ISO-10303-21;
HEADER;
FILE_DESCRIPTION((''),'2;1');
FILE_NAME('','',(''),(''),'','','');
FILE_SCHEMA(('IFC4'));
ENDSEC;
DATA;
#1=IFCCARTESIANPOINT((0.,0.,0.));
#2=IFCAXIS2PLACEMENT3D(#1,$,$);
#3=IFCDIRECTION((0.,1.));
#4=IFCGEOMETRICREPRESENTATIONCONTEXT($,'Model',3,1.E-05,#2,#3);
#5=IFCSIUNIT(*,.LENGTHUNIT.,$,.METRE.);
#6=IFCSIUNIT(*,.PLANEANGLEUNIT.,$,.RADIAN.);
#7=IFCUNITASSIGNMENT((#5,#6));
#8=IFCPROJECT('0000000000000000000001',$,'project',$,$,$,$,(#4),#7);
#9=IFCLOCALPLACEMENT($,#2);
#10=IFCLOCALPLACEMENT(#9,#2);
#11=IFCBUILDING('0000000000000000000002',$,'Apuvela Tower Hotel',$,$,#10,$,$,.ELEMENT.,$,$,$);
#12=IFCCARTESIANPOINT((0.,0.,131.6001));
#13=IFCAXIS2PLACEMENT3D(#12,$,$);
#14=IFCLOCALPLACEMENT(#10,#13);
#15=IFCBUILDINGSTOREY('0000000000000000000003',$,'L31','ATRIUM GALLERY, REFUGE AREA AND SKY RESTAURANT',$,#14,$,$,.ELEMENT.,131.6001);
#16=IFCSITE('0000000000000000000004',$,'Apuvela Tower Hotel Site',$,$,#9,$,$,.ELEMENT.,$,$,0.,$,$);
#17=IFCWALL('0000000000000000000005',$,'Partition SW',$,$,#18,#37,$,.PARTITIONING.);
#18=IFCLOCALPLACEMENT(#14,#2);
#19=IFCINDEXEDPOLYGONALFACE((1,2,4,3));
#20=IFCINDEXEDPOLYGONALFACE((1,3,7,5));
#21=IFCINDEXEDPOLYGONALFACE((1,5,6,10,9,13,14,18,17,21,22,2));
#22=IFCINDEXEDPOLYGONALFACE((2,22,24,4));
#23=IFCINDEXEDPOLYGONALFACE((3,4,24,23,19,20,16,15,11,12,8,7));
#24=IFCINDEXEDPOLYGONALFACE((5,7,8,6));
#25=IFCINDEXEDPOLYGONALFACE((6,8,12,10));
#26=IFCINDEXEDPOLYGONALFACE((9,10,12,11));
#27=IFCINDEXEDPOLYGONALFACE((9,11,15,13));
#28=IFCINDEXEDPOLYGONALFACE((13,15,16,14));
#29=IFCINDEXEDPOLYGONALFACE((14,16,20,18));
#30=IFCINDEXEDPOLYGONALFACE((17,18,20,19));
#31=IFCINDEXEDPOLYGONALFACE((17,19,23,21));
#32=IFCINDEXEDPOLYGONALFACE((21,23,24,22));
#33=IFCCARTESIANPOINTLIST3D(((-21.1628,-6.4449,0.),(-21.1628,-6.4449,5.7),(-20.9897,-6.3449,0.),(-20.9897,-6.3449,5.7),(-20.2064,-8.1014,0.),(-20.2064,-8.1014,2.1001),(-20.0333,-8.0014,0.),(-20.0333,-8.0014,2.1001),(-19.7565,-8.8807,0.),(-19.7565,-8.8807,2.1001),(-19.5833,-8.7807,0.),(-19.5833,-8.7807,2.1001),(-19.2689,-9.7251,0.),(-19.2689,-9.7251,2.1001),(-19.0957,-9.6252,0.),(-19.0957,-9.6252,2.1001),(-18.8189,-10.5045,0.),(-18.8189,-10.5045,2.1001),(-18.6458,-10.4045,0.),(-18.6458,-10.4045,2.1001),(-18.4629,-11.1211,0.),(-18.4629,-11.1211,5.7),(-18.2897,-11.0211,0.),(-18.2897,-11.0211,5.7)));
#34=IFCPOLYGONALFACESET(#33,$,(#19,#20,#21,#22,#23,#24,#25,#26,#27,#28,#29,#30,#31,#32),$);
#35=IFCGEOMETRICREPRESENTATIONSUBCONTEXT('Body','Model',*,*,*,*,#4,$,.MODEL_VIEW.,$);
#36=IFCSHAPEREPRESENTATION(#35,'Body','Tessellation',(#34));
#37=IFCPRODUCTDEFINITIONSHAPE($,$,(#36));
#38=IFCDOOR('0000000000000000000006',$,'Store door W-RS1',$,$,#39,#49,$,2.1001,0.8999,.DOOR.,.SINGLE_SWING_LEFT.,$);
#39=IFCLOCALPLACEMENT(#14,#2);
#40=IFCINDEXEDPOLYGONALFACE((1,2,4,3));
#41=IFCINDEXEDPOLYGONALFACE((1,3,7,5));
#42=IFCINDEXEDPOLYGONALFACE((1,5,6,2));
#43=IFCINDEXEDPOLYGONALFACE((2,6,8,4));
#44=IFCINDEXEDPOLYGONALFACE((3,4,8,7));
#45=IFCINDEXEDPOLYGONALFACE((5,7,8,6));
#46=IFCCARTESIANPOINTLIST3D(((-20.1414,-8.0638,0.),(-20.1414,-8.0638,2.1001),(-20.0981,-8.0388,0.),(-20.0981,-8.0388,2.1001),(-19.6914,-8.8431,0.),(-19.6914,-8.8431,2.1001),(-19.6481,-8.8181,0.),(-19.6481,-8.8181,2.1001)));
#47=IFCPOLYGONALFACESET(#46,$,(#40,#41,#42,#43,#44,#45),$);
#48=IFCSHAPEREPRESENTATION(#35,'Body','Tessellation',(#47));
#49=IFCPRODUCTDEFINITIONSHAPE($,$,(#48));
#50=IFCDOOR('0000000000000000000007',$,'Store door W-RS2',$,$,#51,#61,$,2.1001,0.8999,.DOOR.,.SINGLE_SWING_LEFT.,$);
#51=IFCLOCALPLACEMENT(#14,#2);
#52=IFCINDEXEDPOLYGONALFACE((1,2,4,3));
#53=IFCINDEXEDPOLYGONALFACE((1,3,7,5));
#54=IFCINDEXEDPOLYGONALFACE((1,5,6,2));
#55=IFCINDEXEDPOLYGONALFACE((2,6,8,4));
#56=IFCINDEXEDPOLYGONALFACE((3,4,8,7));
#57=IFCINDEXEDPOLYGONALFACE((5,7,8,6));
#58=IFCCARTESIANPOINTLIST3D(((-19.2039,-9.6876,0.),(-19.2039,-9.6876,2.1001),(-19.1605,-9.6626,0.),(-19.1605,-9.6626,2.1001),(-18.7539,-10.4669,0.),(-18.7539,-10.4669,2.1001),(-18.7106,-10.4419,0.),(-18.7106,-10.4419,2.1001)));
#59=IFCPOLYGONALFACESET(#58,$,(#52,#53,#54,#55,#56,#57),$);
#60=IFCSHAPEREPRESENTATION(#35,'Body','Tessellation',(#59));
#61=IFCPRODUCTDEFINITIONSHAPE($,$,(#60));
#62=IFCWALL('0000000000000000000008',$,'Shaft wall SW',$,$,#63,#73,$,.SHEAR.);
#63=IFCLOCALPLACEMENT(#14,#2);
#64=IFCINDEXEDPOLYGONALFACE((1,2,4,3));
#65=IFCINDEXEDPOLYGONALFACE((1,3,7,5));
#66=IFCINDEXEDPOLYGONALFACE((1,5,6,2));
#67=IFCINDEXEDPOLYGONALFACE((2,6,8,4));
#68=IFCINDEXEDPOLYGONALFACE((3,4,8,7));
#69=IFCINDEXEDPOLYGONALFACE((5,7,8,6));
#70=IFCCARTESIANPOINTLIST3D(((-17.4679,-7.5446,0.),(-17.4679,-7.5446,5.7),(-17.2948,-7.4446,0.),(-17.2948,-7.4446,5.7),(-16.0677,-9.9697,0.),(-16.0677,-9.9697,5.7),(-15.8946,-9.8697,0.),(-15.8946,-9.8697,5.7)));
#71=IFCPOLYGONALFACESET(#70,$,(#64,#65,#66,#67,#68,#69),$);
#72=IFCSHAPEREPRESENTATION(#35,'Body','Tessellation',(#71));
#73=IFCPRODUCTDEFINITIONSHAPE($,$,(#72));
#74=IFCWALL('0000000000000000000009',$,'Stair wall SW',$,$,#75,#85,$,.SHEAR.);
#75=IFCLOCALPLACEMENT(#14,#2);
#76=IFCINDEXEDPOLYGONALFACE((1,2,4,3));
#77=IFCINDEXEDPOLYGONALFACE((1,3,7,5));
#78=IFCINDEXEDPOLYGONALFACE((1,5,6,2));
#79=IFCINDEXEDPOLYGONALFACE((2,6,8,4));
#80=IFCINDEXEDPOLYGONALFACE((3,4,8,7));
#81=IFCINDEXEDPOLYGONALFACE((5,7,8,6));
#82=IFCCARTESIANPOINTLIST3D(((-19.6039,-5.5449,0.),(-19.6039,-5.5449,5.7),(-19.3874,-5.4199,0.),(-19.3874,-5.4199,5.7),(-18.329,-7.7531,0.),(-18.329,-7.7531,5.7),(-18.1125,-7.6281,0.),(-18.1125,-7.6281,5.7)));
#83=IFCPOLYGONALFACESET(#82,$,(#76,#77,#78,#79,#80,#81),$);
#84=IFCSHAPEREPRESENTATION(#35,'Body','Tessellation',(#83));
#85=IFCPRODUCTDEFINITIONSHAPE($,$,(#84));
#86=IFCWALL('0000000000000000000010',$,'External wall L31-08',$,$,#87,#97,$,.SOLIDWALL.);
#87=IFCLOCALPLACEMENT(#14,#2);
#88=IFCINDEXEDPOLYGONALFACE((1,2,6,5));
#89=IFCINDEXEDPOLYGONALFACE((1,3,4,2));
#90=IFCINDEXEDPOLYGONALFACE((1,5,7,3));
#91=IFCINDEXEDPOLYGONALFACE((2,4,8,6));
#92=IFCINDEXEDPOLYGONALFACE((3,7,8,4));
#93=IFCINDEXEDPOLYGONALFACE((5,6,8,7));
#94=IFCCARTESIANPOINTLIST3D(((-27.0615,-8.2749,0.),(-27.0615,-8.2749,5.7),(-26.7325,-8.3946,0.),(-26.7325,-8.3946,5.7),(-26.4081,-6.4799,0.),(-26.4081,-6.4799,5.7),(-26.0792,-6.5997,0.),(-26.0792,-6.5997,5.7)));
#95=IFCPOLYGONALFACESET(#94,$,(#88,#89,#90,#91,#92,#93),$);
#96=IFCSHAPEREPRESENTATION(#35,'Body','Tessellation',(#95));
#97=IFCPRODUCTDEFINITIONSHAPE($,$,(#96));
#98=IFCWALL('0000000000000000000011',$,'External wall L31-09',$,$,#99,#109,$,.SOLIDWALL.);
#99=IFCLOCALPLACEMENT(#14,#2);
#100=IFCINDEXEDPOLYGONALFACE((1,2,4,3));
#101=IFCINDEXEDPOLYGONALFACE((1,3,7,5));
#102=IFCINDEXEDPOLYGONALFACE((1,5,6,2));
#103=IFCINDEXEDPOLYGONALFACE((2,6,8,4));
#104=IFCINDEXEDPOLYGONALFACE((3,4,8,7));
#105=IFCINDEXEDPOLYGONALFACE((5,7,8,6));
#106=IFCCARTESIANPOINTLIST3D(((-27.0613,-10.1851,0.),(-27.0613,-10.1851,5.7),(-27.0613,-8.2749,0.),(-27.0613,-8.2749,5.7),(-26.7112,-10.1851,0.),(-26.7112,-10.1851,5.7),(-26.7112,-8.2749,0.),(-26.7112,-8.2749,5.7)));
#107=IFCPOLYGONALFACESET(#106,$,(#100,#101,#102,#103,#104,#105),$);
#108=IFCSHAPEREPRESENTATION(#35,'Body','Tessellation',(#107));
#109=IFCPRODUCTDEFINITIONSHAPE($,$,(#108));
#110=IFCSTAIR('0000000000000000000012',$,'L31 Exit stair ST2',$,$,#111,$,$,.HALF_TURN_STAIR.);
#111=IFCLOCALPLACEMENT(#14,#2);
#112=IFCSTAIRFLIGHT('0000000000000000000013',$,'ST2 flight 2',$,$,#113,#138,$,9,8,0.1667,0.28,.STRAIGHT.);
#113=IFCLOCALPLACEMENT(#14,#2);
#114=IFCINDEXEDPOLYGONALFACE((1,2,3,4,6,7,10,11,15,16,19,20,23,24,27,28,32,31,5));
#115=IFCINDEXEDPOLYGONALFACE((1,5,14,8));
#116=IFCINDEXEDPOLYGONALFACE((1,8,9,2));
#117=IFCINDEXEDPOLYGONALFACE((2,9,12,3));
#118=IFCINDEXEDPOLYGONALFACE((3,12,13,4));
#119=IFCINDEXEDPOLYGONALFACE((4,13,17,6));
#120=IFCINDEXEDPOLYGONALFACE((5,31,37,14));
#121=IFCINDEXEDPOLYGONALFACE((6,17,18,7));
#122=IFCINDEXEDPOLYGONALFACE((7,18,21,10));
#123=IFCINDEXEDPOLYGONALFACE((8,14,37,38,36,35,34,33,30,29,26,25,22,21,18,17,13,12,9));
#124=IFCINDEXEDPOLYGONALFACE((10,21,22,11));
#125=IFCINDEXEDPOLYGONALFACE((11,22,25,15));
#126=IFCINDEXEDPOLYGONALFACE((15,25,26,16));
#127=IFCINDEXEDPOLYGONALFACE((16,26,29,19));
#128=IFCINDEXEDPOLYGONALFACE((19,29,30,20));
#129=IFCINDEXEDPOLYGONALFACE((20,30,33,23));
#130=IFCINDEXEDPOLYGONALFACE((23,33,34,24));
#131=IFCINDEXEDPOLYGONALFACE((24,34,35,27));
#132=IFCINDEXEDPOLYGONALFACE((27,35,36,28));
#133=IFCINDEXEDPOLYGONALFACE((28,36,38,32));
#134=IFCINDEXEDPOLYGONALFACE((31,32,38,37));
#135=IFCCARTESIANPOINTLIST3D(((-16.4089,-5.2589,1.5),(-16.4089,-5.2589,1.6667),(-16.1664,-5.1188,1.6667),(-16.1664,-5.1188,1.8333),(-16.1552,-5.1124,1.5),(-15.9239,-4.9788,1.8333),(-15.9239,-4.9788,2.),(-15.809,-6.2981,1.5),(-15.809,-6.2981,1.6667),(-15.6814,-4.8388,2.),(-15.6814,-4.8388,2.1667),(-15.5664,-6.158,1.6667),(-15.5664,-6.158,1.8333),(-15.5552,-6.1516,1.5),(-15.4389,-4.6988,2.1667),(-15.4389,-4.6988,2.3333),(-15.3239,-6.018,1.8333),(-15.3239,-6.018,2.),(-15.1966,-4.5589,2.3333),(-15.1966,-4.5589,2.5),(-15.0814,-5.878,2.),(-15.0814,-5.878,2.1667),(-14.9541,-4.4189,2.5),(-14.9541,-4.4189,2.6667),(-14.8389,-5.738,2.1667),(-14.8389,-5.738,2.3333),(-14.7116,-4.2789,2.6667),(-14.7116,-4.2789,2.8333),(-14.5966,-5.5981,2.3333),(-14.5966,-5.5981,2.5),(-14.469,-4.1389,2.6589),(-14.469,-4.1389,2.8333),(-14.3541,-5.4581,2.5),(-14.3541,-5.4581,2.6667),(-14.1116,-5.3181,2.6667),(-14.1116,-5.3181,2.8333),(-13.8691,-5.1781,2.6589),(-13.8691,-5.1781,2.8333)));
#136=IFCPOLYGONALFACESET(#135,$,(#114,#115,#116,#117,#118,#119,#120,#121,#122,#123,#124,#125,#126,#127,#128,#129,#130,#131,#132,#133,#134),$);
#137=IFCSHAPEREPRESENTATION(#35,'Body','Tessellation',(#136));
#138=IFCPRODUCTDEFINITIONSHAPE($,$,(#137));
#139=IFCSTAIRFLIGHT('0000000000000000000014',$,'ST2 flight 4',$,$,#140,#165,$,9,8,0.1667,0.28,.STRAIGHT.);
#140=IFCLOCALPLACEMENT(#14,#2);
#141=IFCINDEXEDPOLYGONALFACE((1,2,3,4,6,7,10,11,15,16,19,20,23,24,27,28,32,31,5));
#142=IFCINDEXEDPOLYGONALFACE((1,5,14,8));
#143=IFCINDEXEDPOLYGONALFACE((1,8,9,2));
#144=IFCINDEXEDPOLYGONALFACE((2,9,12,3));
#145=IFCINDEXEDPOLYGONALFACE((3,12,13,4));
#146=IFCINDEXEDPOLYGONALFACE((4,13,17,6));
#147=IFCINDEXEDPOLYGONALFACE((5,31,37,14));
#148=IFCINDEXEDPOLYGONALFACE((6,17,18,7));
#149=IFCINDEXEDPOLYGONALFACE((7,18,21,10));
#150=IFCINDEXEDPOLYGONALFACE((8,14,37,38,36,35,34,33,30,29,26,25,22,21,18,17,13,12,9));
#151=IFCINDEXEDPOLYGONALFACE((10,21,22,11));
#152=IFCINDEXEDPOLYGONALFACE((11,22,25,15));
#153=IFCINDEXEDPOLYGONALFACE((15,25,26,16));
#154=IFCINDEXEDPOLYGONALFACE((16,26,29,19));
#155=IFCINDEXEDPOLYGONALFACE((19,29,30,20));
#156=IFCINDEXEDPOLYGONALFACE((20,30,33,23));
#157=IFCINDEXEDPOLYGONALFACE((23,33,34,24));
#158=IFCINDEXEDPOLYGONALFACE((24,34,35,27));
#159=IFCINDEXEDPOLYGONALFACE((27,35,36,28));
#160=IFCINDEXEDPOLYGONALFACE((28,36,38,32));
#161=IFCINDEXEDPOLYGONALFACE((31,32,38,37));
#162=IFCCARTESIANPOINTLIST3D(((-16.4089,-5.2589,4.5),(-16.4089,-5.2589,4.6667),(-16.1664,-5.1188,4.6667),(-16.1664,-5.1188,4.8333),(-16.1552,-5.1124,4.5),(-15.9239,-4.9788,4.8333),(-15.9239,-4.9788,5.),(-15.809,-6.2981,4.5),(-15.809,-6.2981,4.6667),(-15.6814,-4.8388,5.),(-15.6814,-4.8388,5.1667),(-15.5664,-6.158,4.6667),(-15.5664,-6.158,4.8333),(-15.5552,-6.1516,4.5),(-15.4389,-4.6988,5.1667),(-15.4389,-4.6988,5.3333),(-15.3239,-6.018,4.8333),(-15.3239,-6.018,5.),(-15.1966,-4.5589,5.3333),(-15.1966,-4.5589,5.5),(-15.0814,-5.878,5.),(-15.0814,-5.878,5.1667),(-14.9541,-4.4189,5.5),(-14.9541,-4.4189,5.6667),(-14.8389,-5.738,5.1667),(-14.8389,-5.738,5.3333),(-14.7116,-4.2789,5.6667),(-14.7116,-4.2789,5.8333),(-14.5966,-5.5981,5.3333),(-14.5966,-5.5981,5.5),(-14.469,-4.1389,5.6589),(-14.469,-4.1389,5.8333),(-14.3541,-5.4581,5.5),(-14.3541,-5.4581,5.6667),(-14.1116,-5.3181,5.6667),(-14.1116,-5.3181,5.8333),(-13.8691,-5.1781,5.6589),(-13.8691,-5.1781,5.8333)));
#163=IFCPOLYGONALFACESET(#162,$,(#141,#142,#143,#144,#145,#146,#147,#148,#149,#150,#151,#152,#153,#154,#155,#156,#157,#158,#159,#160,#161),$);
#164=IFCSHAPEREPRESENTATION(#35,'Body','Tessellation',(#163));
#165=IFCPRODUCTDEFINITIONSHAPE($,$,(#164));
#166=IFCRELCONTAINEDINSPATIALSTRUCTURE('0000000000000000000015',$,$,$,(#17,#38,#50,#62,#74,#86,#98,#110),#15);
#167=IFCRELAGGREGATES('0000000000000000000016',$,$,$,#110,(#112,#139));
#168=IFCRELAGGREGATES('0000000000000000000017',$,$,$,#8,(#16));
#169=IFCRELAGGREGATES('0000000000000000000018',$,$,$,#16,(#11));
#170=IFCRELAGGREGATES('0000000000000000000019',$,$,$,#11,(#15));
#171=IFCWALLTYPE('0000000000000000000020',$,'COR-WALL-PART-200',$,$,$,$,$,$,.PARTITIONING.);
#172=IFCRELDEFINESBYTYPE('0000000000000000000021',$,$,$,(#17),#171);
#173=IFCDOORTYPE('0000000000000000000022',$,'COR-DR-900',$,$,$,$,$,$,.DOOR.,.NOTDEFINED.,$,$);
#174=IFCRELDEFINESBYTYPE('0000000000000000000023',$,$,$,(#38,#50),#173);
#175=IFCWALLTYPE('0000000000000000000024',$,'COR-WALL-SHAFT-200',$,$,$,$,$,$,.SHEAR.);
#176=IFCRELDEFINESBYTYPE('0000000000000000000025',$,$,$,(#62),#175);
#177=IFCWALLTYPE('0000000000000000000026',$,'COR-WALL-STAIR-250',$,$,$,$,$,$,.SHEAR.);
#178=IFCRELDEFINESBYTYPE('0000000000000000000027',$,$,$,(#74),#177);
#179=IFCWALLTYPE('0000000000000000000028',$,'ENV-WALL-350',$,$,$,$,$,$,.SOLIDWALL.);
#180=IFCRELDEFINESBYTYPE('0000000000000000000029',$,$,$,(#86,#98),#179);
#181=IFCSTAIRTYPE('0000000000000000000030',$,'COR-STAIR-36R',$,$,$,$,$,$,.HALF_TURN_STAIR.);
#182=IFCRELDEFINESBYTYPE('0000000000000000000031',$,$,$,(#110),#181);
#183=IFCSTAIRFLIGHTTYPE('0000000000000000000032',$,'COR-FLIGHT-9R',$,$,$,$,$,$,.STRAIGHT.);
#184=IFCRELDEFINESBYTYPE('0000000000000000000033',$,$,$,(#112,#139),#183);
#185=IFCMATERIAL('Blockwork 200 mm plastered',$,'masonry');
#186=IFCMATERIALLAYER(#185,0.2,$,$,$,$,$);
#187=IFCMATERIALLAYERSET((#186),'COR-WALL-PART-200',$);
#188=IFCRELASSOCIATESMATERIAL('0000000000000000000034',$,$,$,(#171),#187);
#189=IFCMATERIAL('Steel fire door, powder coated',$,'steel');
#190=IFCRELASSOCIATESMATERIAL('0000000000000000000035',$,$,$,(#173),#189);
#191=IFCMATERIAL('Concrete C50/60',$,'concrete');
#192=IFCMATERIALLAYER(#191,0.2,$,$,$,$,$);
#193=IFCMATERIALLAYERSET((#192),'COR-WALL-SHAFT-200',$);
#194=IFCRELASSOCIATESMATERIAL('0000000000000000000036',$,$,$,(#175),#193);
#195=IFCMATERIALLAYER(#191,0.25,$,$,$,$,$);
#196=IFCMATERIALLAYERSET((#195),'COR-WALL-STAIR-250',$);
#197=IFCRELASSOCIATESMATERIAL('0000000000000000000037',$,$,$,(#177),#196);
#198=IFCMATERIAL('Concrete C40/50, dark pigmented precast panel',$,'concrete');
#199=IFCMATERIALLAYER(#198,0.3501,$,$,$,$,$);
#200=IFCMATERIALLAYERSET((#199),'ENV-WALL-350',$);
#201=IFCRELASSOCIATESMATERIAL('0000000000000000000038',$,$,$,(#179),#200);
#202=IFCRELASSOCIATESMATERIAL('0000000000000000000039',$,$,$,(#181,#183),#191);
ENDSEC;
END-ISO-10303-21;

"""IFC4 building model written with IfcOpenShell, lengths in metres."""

from ifc_helpers import new_model, si_unit, direction, frame, frame_2d, origin, place, context, subcontext, project, spatial, polyline, rectangle, outline, extrude, material, layer, layer_set, type_object, element, fill, aggregate, save


model = new_model("IFC4")

# Units and contexts
model_context = context("Model", 3, precision=1e-05, world=origin(), true_north=direction((0.0, 1.0)))
body_context = subcontext(model_context, "Body", "Model", "MODEL_VIEW")
ifc_project = project(units=[si_unit("LENGTHUNIT", "METRE"), si_unit("PLANEANGLEUNIT", "RADIAN")], contexts=[model_context])

# Site, building, storey
site_placement = place(None, origin())
site = spatial("IfcSite", under=ifc_project, at=site_placement, Name="Apuvela Tower Hotel Site", CompositionType="ELEMENT", RefElevation=0.0)
building_placement = place(site_placement, origin())
building = spatial("IfcBuilding", under=site, at=building_placement, Name="Apuvela Tower Hotel", CompositionType="ELEMENT")
storey_placement = place(building_placement, frame((0.0, 0.0, 131.6001)))
storey = spatial("IfcBuildingStorey", under=building, at=storey_placement, Name="L31", Description="ATRIUM GALLERY, REFUGE AREA AND SKY RESTAURANT", CompositionType="ELEMENT", Elevation=131.6001)

# Shared definitions
ifc_material_1 = material(Name="Concrete C50/60", Category="concrete")

# Wall, openings, doors
ifc_material_2 = material(Name="Blockwork 200 mm plastered", Category="masonry")
ifc_layer_1 = layer(ifc_material_2, 0.2)
ifc_layer_set_1 = layer_set([ifc_layer_1], Name="COR-WALL-PART-200")
wall_type_1 = type_object("IfcWallType", Name="COR-WALL-PART-200", PredefinedType="PARTITIONING", material=ifc_layer_set_1)
wall_1_placement = place(storey_placement, frame((-21.0762, -6.395, 0.0), z_axis=(0.0, 0.0, 1.0), x_axis=(0.500015, -0.866017, 0.0)))
wall_1 = element("IfcWall", 1, at=wall_1_placement, inside=storey, type_object=wall_type_1, Name="Partition SW", PredefinedType="PARTITIONING", context=body_context, shape_type="SweptSolid", body=[
    extrude(rectangle(XDim=5.3997, YDim=0.2, at=frame_2d((2.6997, 0.0))), origin(), (0.0, 0.0, 1.0), 5.7),
])
opening_1_placement = place(wall_1_placement, frame((1.9126, 0.0, 0.0)))
opening_1 = element("IfcOpeningElement", 2, at=opening_1_placement, cuts=wall_1, PredefinedType="OPENING", context=body_context, shape_type="SweptSolid", body=[
    extrude(rectangle(XDim=0.8999, YDim=2.1001, at=frame_2d((0.45, 1.05))), frame((0.0, 0.1099, 0.0), z_axis=(0.0, -1.0, 0.0), x_axis=(1.0, 0.0, 0.0)), (0.0, 0.0, 1.0), 0.22),
])
opening_2_placement = place(wall_1_placement, frame((3.7876, 0.0, 0.0)))
opening_2 = element("IfcOpeningElement", 3, at=opening_2_placement, cuts=wall_1, PredefinedType="OPENING", context=body_context, shape_type="SweptSolid", body=[
    extrude(rectangle(XDim=0.8999, YDim=2.1001, at=frame_2d((0.45, 1.05))), frame((0.0, 0.1099, 0.0), z_axis=(0.0, -1.0, 0.0), x_axis=(1.0, 0.0, 0.0)), (0.0, 0.0, 1.0), 0.22),
])
ifc_material_3 = material(Name="Steel fire door, powder coated", Category="steel")
door_type_1 = type_object("IfcDoorType", Name="COR-DR-900", OperationType="NOTDEFINED", PredefinedType="DOOR", material=ifc_material_3)
door_1_placement = place(opening_1_placement, frame((0.8999, 0.0, 0.0), z_axis=(0.0, 0.0, 1.0), x_axis=(-1.0, 0.0, 0.0)))
door_1 = element("IfcDoor", 4, at=door_1_placement, inside=storey, type_object=door_type_1, Name="Store door W-RS1", OperationType="SINGLE_SWING_LEFT", OverallHeight=2.1001, OverallWidth=0.8999, PredefinedType="DOOR", context=body_context, shape_type="SweptSolid", body=[
    extrude(rectangle(XDim=0.8999, YDim=2.1001, at=frame_2d((0.45, 1.05))), frame((0.0, 0.0249, 0.0), z_axis=(0.0, -1.0, 0.0), x_axis=(1.0, 0.0, 0.0)), (0.0, 0.0, 1.0), 0.05),
])
fill(opening_1, door_1)
door_2_placement = place(opening_2_placement, frame((0.8999, 0.0, 0.0), z_axis=(0.0, 0.0, 1.0), x_axis=(-1.0, 0.0, 0.0)))
door_2 = element("IfcDoor", 5, at=door_2_placement, inside=storey, type_object=door_type_1, Name="Store door W-RS2", OperationType="SINGLE_SWING_LEFT", OverallHeight=2.1001, OverallWidth=0.8999, PredefinedType="DOOR", context=body_context, shape_type="SweptSolid", body=[
    extrude(rectangle(XDim=0.8999, YDim=2.1001, at=frame_2d((0.45, 1.05))), frame((0.0, 0.0249, 0.0), z_axis=(0.0, -1.0, 0.0), x_axis=(1.0, 0.0, 0.0)), (0.0, 0.0, 1.0), 0.05),
])
fill(opening_2, door_2)

# Walls
ifc_layer_2 = layer(ifc_material_1, 0.2)
ifc_layer_set_2 = layer_set([ifc_layer_2], Name="COR-WALL-SHAFT-200")
wall_type_2 = type_object("IfcWallType", Name="COR-WALL-SHAFT-200", PredefinedType="SHEAR", material=ifc_layer_set_2)
wall_2_placement = place(storey_placement, frame((-17.3813, -7.4946, 0.0), z_axis=(0.0, 0.0, 1.0), x_axis=(0.500012, -0.866019, 0.0)))
element("IfcWall", 6, at=wall_2_placement, inside=storey, type_object=wall_type_2, Name="Shaft wall SW", PredefinedType="SHEAR", context=body_context, shape_type="SweptSolid", body=[
    extrude(rectangle(XDim=2.8003, YDim=0.2, at=frame_2d((1.4001, 0.0))), origin(), (0.0, 0.0, 1.0), 5.7),
])
ifc_layer_3 = layer(ifc_material_1, 0.25)
ifc_layer_set_3 = layer_set([ifc_layer_3], Name="COR-WALL-STAIR-250")
wall_type_3 = type_object("IfcWallType", Name="COR-WALL-STAIR-250", PredefinedType="SHEAR", material=ifc_layer_set_3)
wall_3_placement = place(storey_placement, frame((-19.4956, -5.4824, 0.0), z_axis=(0.0, 0.0, 1.0), x_axis=(0.49999, -0.866031, 0.0)))
element("IfcWall", 7, at=wall_3_placement, inside=storey, type_object=wall_type_3, Name="Stair wall SW", PredefinedType="SHEAR", context=body_context, shape_type="SweptSolid", body=[
    extrude(rectangle(XDim=2.5498, YDim=0.25, at=frame_2d((1.2749, 0.0))), origin(), (0.0, 0.0, 1.0), 5.7),
])
ifc_material_4 = material(Name="Concrete C40/50, dark pigmented precast panel", Category="concrete")
ifc_layer_4 = layer(ifc_material_4, 0.3501)
ifc_layer_set_4 = layer_set([ifc_layer_4], Name="ENV-WALL-350")
wall_type_4 = type_object("IfcWallType", Name="ENV-WALL-350", PredefinedType="SOLIDWALL", material=ifc_layer_set_4)
for number, where, z_axis, x_axis, name in (
    (8, (-26.2437, -6.5398, 0.0), (0.0, 0.0, 1.0), (-0.34203, -0.939689, 0.0), "External wall L31-08"),
    (9, (-26.8862, -8.2749, 0.0), (0.0, 0.0, 1.0), (0.0, -1.0, 0.0), "External wall L31-09"),
):
    element("IfcWall", number, at=place(storey_placement, frame(where, z_axis=z_axis, x_axis=x_axis)), inside=storey, type_object=wall_type_4, Name=name, PredefinedType="SOLIDWALL", context=body_context, shape_type="SweptSolid", body=[
        extrude(rectangle(XDim=1.9102, YDim=0.3501, at=frame_2d((0.9551, 0.0))), origin(), (0.0, 0.0, 1.0), 5.7),
    ])

# Stair, stair flights
stair_type = type_object("IfcStairType", Name="COR-STAIR-36R", PredefinedType="HALF_TURN_STAIR", material=ifc_material_1)
stair_placement = place(storey_placement, origin())
stair = element("IfcStair", 10, at=stair_placement, inside=storey, type_object=stair_type, Name="L31 Exit stair ST2", PredefinedType="HALF_TURN_STAIR")
stair_flight_type = type_object("IfcStairFlightType", Name="COR-FLIGHT-9R", PredefinedType="STRAIGHT", material=ifc_material_1)
stair_flight_1_placement = place(storey_placement, frame((-16.1089, -5.7786, 1.5), z_axis=(0.0, 0.0, 1.0), x_axis=(0.866025, 0.5, 0.0)))
stair_flight_1 = element("IfcStairFlight", 11, at=stair_flight_1_placement, type_object=stair_flight_type, Name="ST2 flight 2", NumberOfRisers=9, NumberOfTreads=8, PredefinedType="STRAIGHT", RiserHeight=0.1667, TreadLength=0.28, context=body_context, shape_type="SweptSolid", body=[
    extrude(outline(polyline([(0.0, 0.0), (0.0, 0.1667), (0.28, 0.1667), (0.28, 0.3333), (0.5601, 0.3333), (0.5601, 0.5), (0.8401, 0.5), (0.8401, 0.6667), (1.1201, 0.6667), (1.1201, 0.8333), (1.3999, 0.8333), (1.3999, 1.0), (1.6799, 1.0), (1.6799, 1.1667), (1.96, 1.1667), (1.96, 1.3333), (2.24, 1.3333), (2.24, 1.5), (2.24, 1.1589), (0.293, 0.0), (0.0, 0.0)])), frame((0.0, 0.6001, 0.0), z_axis=(0.0, -1.0, 0.0), x_axis=(1.0, 0.0, 0.0)), (0.0, 0.0, 1.0), 1.2),
])
stair_flight_2_placement = place(storey_placement, frame((-16.1089, -5.7786, 4.5), z_axis=(0.0, 0.0, 1.0), x_axis=(0.866025, 0.5, 0.0)))
stair_flight_2 = element("IfcStairFlight", 12, at=stair_flight_2_placement, type_object=stair_flight_type, Name="ST2 flight 4", NumberOfRisers=9, NumberOfTreads=8, PredefinedType="STRAIGHT", RiserHeight=0.1667, TreadLength=0.28, context=body_context, shape_type="SweptSolid", body=[
    extrude(outline(polyline([(0.0, 0.0), (0.0, 0.1667), (0.28, 0.1667), (0.28, 0.3333), (0.5601, 0.3333), (0.5601, 0.5), (0.8401, 0.5), (0.8401, 0.6667), (1.1201, 0.6667), (1.1201, 0.8333), (1.3999, 0.8333), (1.3999, 1.0), (1.6799, 1.0), (1.6799, 1.1667), (1.96, 1.1667), (1.96, 1.3333), (2.24, 1.3333), (2.24, 1.5), (2.24, 1.1589), (0.293, 0.0), (0.0, 0.0)])), frame((0.0, 0.6001, 0.0), z_axis=(0.0, -1.0, 0.0), x_axis=(1.0, 0.0, 0.0)), (0.0, 0.0, 1.0), 1.2),
])
aggregate(stair, [stair_flight_1, stair_flight_2])

save(model, "model.ifc")
